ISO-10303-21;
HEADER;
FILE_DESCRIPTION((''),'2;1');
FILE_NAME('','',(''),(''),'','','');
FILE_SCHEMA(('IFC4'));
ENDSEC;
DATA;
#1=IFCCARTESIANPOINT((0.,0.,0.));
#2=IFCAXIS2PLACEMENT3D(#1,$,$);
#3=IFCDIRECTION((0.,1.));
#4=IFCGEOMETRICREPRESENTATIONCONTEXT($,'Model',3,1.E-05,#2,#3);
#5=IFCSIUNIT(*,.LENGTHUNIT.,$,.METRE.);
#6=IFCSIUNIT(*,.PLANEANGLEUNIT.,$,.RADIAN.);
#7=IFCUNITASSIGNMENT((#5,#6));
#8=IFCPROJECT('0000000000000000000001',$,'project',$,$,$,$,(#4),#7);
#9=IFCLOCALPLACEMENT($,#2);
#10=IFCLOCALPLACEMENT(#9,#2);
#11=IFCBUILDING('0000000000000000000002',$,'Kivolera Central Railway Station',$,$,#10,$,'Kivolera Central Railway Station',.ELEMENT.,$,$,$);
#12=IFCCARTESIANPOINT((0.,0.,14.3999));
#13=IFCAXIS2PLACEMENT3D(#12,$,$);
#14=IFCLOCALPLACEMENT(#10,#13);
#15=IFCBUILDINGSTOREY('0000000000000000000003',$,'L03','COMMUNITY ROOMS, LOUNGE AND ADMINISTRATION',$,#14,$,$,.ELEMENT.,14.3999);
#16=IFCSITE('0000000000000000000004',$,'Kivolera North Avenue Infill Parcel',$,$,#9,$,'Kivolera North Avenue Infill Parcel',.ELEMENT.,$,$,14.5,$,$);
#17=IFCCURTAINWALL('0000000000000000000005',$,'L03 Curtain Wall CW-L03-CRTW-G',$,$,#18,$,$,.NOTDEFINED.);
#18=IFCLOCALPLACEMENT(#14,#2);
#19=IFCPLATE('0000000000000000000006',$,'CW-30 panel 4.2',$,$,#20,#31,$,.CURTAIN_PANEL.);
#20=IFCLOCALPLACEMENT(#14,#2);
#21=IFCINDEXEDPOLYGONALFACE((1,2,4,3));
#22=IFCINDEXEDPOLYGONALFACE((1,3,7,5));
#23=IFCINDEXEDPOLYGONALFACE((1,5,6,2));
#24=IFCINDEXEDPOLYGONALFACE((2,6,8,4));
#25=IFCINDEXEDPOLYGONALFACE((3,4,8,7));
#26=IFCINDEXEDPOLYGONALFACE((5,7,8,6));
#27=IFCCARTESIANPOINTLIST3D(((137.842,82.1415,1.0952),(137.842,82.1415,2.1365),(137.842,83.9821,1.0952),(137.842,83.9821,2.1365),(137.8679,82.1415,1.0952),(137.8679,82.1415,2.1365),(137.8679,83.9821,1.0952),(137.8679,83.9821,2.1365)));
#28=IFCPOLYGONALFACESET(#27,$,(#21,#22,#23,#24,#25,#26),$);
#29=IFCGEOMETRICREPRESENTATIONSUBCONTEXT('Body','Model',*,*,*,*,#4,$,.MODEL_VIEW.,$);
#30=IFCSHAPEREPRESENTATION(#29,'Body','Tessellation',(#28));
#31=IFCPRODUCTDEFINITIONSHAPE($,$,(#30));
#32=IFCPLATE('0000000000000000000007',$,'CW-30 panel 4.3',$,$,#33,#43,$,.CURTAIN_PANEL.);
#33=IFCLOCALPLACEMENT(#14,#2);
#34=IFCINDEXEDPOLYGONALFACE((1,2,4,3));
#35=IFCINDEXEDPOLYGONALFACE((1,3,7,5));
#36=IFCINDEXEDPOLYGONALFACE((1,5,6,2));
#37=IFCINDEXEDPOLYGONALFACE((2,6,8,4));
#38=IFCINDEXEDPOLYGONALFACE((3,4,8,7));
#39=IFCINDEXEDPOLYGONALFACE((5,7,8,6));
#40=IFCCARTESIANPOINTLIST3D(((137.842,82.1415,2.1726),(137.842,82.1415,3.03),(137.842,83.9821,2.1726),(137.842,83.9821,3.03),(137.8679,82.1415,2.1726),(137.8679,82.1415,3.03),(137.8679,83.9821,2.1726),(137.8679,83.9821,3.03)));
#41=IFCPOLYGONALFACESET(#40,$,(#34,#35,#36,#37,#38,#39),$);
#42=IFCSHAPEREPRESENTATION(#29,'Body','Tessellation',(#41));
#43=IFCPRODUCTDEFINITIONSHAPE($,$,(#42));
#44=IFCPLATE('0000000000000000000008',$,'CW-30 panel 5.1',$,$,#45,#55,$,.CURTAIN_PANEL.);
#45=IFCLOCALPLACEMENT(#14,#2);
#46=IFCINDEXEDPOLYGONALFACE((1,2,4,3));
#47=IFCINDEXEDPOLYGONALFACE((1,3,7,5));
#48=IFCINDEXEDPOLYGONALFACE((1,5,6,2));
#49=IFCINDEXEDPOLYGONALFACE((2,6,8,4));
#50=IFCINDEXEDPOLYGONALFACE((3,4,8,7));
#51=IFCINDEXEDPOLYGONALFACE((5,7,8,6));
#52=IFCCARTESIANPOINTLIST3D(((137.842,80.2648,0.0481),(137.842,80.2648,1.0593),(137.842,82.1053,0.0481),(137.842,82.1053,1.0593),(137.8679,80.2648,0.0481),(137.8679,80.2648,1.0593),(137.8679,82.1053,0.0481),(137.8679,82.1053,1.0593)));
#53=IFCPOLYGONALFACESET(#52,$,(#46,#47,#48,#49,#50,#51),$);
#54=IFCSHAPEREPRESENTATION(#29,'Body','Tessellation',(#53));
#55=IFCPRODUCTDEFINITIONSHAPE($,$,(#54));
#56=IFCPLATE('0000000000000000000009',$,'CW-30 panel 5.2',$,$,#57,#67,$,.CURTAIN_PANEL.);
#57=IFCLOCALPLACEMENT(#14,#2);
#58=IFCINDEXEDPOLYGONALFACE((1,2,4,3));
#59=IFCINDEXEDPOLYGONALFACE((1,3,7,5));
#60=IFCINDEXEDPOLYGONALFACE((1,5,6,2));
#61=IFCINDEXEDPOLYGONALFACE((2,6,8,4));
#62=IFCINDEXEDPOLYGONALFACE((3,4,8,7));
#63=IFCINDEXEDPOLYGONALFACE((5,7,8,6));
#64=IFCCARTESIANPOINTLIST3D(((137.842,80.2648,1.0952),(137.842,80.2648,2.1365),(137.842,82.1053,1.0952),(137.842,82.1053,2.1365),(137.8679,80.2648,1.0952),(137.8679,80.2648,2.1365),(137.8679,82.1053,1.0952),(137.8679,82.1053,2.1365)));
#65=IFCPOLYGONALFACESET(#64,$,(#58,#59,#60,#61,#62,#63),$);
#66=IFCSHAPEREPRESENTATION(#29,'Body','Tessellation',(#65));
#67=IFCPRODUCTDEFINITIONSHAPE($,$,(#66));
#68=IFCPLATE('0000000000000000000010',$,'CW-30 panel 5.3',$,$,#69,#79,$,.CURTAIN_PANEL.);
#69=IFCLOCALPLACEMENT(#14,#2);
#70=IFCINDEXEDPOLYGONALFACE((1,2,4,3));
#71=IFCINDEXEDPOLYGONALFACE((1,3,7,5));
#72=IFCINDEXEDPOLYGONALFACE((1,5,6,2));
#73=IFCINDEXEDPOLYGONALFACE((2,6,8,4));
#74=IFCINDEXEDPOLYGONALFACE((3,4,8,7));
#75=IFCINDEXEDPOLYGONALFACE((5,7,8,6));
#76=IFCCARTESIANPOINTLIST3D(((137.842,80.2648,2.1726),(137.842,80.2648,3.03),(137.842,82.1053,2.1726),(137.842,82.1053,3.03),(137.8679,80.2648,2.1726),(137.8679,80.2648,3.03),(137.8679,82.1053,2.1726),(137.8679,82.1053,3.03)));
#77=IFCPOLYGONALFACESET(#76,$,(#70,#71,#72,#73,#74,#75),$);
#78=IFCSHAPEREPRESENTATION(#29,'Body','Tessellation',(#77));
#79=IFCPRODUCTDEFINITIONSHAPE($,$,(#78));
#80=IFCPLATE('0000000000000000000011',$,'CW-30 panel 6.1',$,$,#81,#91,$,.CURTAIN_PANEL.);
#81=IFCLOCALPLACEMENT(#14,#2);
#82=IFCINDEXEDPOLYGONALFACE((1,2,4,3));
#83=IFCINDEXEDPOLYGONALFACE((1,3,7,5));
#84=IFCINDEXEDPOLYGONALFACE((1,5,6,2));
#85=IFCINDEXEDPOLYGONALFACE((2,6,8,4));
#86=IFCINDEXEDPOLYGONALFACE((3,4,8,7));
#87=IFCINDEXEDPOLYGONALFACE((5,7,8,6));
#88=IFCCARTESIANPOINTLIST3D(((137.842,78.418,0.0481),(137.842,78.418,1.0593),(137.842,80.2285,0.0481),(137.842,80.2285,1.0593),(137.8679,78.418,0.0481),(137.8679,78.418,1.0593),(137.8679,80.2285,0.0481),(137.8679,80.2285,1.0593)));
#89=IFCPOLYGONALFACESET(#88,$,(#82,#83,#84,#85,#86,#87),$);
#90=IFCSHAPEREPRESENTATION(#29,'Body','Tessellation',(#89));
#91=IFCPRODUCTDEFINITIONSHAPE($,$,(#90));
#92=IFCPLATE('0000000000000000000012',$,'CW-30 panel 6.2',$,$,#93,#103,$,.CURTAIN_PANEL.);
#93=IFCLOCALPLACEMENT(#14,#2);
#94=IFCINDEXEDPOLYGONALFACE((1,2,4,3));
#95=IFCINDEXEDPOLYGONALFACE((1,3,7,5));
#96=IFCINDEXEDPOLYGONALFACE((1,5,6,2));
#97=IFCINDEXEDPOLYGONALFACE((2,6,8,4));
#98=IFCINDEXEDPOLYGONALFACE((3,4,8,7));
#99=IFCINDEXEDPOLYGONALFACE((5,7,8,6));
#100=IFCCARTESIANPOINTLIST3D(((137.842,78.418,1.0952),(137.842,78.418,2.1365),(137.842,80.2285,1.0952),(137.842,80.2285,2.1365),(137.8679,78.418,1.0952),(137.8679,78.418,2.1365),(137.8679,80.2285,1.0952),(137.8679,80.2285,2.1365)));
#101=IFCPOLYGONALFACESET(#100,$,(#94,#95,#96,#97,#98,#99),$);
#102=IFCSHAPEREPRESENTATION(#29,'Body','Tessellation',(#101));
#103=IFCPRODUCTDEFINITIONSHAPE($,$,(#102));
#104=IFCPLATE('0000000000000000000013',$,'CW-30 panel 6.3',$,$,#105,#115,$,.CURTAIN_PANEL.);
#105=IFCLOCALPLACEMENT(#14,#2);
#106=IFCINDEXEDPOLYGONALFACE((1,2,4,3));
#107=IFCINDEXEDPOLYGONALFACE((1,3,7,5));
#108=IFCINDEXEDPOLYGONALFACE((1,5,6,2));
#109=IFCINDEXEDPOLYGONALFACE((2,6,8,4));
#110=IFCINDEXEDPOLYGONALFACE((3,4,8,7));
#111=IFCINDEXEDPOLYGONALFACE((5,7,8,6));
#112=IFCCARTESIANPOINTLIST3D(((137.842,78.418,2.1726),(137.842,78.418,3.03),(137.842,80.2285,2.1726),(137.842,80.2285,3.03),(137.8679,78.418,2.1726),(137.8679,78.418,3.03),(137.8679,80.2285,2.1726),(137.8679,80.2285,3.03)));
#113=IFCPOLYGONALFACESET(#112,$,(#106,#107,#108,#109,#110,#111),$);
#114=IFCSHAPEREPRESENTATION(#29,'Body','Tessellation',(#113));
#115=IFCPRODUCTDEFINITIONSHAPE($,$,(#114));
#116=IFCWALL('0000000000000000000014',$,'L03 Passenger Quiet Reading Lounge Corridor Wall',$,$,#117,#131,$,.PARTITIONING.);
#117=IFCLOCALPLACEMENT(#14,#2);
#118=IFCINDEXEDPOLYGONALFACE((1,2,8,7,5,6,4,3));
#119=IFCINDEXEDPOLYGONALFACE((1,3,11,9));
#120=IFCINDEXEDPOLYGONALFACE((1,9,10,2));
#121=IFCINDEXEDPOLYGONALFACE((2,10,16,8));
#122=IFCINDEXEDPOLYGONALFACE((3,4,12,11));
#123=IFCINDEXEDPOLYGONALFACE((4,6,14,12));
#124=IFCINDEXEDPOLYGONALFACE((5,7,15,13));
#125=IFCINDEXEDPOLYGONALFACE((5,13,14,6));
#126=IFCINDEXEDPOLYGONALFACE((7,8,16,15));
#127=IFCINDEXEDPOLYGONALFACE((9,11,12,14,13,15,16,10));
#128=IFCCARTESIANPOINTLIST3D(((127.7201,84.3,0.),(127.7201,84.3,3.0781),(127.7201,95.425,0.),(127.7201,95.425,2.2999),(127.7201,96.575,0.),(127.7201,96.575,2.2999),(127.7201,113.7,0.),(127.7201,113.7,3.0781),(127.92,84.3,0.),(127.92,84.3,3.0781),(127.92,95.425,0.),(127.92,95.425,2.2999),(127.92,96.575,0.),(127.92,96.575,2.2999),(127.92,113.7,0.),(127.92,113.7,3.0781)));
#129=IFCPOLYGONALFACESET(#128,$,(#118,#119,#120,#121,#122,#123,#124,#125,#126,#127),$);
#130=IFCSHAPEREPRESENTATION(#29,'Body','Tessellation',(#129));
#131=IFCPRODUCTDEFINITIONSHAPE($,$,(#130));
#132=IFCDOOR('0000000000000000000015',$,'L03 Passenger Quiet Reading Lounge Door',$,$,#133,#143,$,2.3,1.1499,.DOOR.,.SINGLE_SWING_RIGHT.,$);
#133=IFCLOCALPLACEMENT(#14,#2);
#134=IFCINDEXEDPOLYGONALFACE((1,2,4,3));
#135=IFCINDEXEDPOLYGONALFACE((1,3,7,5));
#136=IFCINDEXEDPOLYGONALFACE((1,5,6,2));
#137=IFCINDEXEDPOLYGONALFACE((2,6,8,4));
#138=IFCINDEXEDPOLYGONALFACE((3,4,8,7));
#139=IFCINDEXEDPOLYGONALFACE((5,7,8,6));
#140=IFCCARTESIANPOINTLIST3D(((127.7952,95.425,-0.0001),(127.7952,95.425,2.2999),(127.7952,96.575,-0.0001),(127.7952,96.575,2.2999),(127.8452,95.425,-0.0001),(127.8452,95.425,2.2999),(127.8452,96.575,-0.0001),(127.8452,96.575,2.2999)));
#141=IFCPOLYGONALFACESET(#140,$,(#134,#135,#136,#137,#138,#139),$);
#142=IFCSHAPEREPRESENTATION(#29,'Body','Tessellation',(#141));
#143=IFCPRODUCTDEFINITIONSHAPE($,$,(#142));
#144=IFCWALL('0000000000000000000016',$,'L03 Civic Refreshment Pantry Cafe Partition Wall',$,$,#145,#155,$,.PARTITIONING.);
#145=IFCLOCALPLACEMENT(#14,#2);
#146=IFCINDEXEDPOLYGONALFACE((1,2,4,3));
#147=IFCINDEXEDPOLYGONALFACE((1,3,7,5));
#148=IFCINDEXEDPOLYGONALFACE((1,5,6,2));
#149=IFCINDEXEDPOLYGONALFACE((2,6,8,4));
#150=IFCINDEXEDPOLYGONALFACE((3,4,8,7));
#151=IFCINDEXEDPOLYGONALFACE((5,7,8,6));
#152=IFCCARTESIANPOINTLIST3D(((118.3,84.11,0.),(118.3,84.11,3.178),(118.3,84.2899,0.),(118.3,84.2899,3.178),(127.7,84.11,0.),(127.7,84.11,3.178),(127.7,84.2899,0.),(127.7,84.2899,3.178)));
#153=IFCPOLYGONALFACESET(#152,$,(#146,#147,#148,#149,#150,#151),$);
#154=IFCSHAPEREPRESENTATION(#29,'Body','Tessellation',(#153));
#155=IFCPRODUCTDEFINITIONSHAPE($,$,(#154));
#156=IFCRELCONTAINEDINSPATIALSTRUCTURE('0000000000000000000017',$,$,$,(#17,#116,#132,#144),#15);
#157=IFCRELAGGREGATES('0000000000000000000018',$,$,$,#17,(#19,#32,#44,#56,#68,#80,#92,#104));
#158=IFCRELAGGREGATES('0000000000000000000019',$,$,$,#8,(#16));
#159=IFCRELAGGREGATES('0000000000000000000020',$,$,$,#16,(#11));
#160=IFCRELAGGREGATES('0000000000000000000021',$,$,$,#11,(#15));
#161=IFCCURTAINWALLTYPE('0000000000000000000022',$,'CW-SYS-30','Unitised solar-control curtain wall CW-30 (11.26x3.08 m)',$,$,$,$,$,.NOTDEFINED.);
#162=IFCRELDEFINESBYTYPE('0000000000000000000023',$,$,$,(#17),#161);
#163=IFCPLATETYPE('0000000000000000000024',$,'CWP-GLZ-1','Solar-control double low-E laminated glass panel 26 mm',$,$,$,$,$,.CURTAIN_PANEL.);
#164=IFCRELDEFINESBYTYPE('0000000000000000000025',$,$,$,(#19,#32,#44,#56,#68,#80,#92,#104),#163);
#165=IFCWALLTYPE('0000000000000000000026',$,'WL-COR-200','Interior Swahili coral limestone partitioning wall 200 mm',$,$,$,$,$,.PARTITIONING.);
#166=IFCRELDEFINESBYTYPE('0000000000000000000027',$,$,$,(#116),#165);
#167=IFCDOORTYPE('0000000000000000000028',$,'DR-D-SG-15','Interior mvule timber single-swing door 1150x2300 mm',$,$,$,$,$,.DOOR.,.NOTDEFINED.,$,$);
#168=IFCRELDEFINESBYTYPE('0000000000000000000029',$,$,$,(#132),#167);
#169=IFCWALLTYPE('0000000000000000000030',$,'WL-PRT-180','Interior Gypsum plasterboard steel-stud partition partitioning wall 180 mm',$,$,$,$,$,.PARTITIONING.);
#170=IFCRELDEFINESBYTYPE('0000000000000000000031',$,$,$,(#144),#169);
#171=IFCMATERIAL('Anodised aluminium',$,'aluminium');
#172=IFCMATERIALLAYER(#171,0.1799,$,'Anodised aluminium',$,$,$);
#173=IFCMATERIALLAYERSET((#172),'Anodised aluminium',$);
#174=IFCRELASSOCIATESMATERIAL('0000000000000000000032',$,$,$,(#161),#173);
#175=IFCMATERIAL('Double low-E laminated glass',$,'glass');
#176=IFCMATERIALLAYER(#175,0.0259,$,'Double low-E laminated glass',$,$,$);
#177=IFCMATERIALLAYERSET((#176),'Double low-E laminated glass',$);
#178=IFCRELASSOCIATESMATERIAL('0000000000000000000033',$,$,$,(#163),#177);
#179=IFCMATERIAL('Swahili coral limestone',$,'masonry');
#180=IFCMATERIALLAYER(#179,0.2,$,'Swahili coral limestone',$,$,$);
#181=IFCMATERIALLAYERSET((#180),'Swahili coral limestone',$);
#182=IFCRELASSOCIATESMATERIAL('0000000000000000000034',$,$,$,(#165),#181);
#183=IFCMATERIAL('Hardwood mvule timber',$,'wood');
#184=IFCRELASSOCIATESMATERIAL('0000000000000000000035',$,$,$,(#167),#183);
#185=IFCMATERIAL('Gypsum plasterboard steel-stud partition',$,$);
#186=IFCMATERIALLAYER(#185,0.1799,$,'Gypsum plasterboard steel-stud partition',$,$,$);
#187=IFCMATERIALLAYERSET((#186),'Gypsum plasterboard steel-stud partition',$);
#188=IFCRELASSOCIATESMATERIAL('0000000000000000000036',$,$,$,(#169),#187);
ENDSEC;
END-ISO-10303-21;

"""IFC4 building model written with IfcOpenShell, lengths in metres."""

from ifc_helpers import new_model, si_unit, direction, frame, frame_2d, origin, origin_2d, place, context, subcontext, project, spatial, rectangle, extrude, material, layer, layer_set, type_object, element, fill, aggregate, save


model = new_model("IFC4")

# Units and contexts
model_context = context("Model", 3, precision=1e-05, world=origin(), true_north=direction((0.0, 1.0)))
body_context = subcontext(model_context, "Body", "Model", "MODEL_VIEW")
ifc_project = project(units=[si_unit("LENGTHUNIT", "METRE"), si_unit("PLANEANGLEUNIT", "RADIAN")], contexts=[model_context])

# Site, building, storey
site_placement = place(None, origin())
site = spatial("IfcSite", under=ifc_project, at=site_placement, Name="Kivolera North Avenue Infill Parcel", LongName="Kivolera North Avenue Infill Parcel", CompositionType="ELEMENT", RefElevation=14.5)
building_placement = place(site_placement, origin())
building = spatial("IfcBuilding", under=site, at=building_placement, Name="Kivolera Central Railway Station", LongName="Kivolera Central Railway Station", CompositionType="ELEMENT")
storey_placement = place(building_placement, frame((0.0, 0.0, 14.3999)))
storey = spatial("IfcBuildingStorey", under=building, at=storey_placement, Name="L03", Description="COMMUNITY ROOMS, LOUNGE AND ADMINISTRATION", CompositionType="ELEMENT", Elevation=14.3999)

# Curtain wall, plates
ifc_material_1 = material(Name="Anodised aluminium", Category="aluminium")
ifc_layer_1 = layer(ifc_material_1, 0.1799, Name="Anodised aluminium")
ifc_layer_set_1 = layer_set([ifc_layer_1], Name="Anodised aluminium")
curtain_wall_type = type_object("IfcCurtainWallType", Name="CW-SYS-30", Description="Unitised solar-control curtain wall CW-30 (11.26x3.08 m)", PredefinedType="NOTDEFINED", material=ifc_layer_set_1)
curtain_wall_placement = place(storey_placement, origin())
curtain_wall = element("IfcCurtainWall", 1, at=curtain_wall_placement, inside=storey, type_object=curtain_wall_type, Name="L03 Curtain Wall CW-L03-CRTW-G", PredefinedType="NOTDEFINED")
ifc_material_2 = material(Name="Double low-E laminated glass", Category="glass")
ifc_layer_2 = layer(ifc_material_2, 0.0259, Name="Double low-E laminated glass")
ifc_layer_set_2 = layer_set([ifc_layer_2], Name="Double low-E laminated glass")
plate_type = type_object("IfcPlateType", Name="CWP-GLZ-1", Description="Solar-control double low-E laminated glass panel 26 mm", PredefinedType="CURTAIN_PANEL", material=ifc_layer_set_2)
plate_1_placement = place(storey_placement, frame((137.855, 83.0618, 1.0952), z_axis=(0.0, 0.0, 1.0), x_axis=(0.0, -1.0, 0.0)))
plate_1 = element("IfcPlate", 2, at=plate_1_placement, type_object=plate_type, Name="CW-30 panel 4.2", PredefinedType="CURTAIN_PANEL", context=body_context, shape_type="SweptSolid", body=[
    extrude(rectangle(XDim=1.8406, YDim=0.0259, at=origin_2d()), origin(), (0.0, 0.0, 1.0), 1.0413),
])
plate_2_placement = place(storey_placement, frame((137.855, 83.0618, 2.1726), z_axis=(0.0, 0.0, 1.0), x_axis=(0.0, -1.0, 0.0)))
plate_2 = element("IfcPlate", 3, at=plate_2_placement, type_object=plate_type, Name="CW-30 panel 4.3", PredefinedType="CURTAIN_PANEL", context=body_context, shape_type="SweptSolid", body=[
    extrude(rectangle(XDim=1.8406, YDim=0.0259, at=origin_2d()), origin(), (0.0, 0.0, 1.0), 0.8574),
])
plate_3_placement = place(storey_placement, frame((137.855, 81.1851, 0.0481), z_axis=(0.0, 0.0, 1.0), x_axis=(0.0, -1.0, 0.0)))
plate_3 = element("IfcPlate", 4, at=plate_3_placement, type_object=plate_type, Name="CW-30 panel 5.1", PredefinedType="CURTAIN_PANEL", context=body_context, shape_type="SweptSolid", body=[
    extrude(rectangle(XDim=1.8406, YDim=0.0259, at=origin_2d()), origin(), (0.0, 0.0, 1.0), 1.0112),
])
plate_4_placement = place(storey_placement, frame((137.855, 81.1851, 1.0952), z_axis=(0.0, 0.0, 1.0), x_axis=(0.0, -1.0, 0.0)))
plate_4 = element("IfcPlate", 5, at=plate_4_placement, type_object=plate_type, Name="CW-30 panel 5.2", PredefinedType="CURTAIN_PANEL", context=body_context, shape_type="SweptSolid", body=[
    extrude(rectangle(XDim=1.8406, YDim=0.0259, at=origin_2d()), origin(), (0.0, 0.0, 1.0), 1.0413),
])
plate_5_placement = place(storey_placement, frame((137.855, 81.1851, 2.1726), z_axis=(0.0, 0.0, 1.0), x_axis=(0.0, -1.0, 0.0)))
plate_5 = element("IfcPlate", 6, at=plate_5_placement, type_object=plate_type, Name="CW-30 panel 5.3", PredefinedType="CURTAIN_PANEL", context=body_context, shape_type="SweptSolid", body=[
    extrude(rectangle(XDim=1.8406, YDim=0.0259, at=origin_2d()), origin(), (0.0, 0.0, 1.0), 0.8574),
])
plate_6_placement = place(storey_placement, frame((137.855, 79.3232, 0.0481), z_axis=(0.0, 0.0, 1.0), x_axis=(0.0, -1.0, 0.0)))
plate_6 = element("IfcPlate", 7, at=plate_6_placement, type_object=plate_type, Name="CW-30 panel 6.1", PredefinedType="CURTAIN_PANEL", context=body_context, shape_type="SweptSolid", body=[
    extrude(rectangle(XDim=1.8105, YDim=0.0259, at=origin_2d()), origin(), (0.0, 0.0, 1.0), 1.0112),
])
plate_7_placement = place(storey_placement, frame((137.855, 79.3232, 1.0952), z_axis=(0.0, 0.0, 1.0), x_axis=(0.0, -1.0, 0.0)))
plate_7 = element("IfcPlate", 8, at=plate_7_placement, type_object=plate_type, Name="CW-30 panel 6.2", PredefinedType="CURTAIN_PANEL", context=body_context, shape_type="SweptSolid", body=[
    extrude(rectangle(XDim=1.8105, YDim=0.0259, at=origin_2d()), origin(), (0.0, 0.0, 1.0), 1.0413),
])
plate_8_placement = place(storey_placement, frame((137.855, 79.3232, 2.1726), z_axis=(0.0, 0.0, 1.0), x_axis=(0.0, -1.0, 0.0)))
plate_8 = element("IfcPlate", 9, at=plate_8_placement, type_object=plate_type, Name="CW-30 panel 6.3", PredefinedType="CURTAIN_PANEL", context=body_context, shape_type="SweptSolid", body=[
    extrude(rectangle(XDim=1.8105, YDim=0.0259, at=origin_2d()), origin(), (0.0, 0.0, 1.0), 0.8574),
])
aggregate(curtain_wall, [plate_1, plate_2, plate_3, plate_4, plate_5, plate_6, plate_7, plate_8])

# Wall, opening, door
ifc_material_3 = material(Name="Swahili coral limestone", Category="masonry")
ifc_layer_3 = layer(ifc_material_3, 0.2, Name="Swahili coral limestone")
ifc_layer_set_3 = layer_set([ifc_layer_3], Name="Swahili coral limestone")
wall_type_1 = type_object("IfcWallType", Name="WL-COR-200", Description="Interior Swahili coral limestone partitioning wall 200 mm", PredefinedType="PARTITIONING", material=ifc_layer_set_3)
wall_1_placement = place(storey_placement, frame((127.8201, 84.3, 0.0), z_axis=(0.0, 0.0, 1.0), x_axis=(0.0, 1.0, 0.0)))
wall_1 = element("IfcWall", 10, at=wall_1_placement, inside=storey, type_object=wall_type_1, Name="L03 Passenger Quiet Reading Lounge Corridor Wall", PredefinedType="PARTITIONING", context=body_context, shape_type="SweptSolid", body=[
    extrude(rectangle(XDim=29.3999, YDim=0.2, at=frame_2d((14.7, 0.0))), origin(), (0.0, 0.0, 1.0), 3.0781),
])
opening_placement = place(wall_1_placement, frame((11.125, 0.0, 0.0)))
opening = element("IfcOpeningElement", 11, at=opening_placement, cuts=wall_1, PredefinedType="OPENING", context=body_context, shape_type="SweptSolid", body=[
    extrude(rectangle(XDim=1.1499, YDim=2.3, at=frame_2d((0.575, 1.1499))), frame((0.0, 0.1099, 0.0), z_axis=(0.0, -1.0, 0.0), x_axis=(1.0, 0.0, 0.0)), (0.0, 0.0, 1.0), 0.22),
])
ifc_material_4 = material(Name="Hardwood mvule timber", Category="wood")
door_type = type_object("IfcDoorType", Name="DR-D-SG-15", Description="Interior mvule timber single-swing door 1150x2300 mm", OperationType="NOTDEFINED", PredefinedType="DOOR", material=ifc_material_4)
door_placement = place(opening_placement, origin())
door = element("IfcDoor", 12, at=door_placement, inside=storey, type_object=door_type, Name="L03 Passenger Quiet Reading Lounge Door", OperationType="SINGLE_SWING_RIGHT", OverallHeight=2.3, OverallWidth=1.1499, PredefinedType="DOOR", context=body_context, shape_type="SweptSolid", body=[
    extrude(rectangle(XDim=1.1499, YDim=2.3, at=frame_2d((0.575, 1.1499))), frame((0.0, 0.0249, 0.0), z_axis=(0.0, -1.0, 0.0), x_axis=(1.0, 0.0, 0.0)), (0.0, 0.0, 1.0), 0.05),
])
fill(opening, door)

# Wall
ifc_material_5 = material(Name="Gypsum plasterboard steel-stud partition")
ifc_layer_4 = layer(ifc_material_5, 0.1799, Name="Gypsum plasterboard steel-stud partition")
ifc_layer_set_4 = layer_set([ifc_layer_4], Name="Gypsum plasterboard steel-stud partition")
wall_type_2 = type_object("IfcWallType", Name="WL-PRT-180", Description="Interior Gypsum plasterboard steel-stud partition partitioning wall 180 mm", PredefinedType="PARTITIONING", material=ifc_layer_set_4)
wall_2_placement = place(storey_placement, frame((118.3, 84.2, 0.0), z_axis=(0.0, 0.0, 1.0), x_axis=(1.0, 0.0, 0.0)))
element("IfcWall", 13, at=wall_2_placement, inside=storey, type_object=wall_type_2, Name="L03 Civic Refreshment Pantry Cafe Partition Wall", PredefinedType="PARTITIONING", context=body_context, shape_type="SweptSolid", body=[
    extrude(rectangle(XDim=9.3999, YDim=0.1799, at=frame_2d((4.7, 0.0))), origin(), (0.0, 0.0, 1.0), 3.178),
])

save(model, "model.ifc")
